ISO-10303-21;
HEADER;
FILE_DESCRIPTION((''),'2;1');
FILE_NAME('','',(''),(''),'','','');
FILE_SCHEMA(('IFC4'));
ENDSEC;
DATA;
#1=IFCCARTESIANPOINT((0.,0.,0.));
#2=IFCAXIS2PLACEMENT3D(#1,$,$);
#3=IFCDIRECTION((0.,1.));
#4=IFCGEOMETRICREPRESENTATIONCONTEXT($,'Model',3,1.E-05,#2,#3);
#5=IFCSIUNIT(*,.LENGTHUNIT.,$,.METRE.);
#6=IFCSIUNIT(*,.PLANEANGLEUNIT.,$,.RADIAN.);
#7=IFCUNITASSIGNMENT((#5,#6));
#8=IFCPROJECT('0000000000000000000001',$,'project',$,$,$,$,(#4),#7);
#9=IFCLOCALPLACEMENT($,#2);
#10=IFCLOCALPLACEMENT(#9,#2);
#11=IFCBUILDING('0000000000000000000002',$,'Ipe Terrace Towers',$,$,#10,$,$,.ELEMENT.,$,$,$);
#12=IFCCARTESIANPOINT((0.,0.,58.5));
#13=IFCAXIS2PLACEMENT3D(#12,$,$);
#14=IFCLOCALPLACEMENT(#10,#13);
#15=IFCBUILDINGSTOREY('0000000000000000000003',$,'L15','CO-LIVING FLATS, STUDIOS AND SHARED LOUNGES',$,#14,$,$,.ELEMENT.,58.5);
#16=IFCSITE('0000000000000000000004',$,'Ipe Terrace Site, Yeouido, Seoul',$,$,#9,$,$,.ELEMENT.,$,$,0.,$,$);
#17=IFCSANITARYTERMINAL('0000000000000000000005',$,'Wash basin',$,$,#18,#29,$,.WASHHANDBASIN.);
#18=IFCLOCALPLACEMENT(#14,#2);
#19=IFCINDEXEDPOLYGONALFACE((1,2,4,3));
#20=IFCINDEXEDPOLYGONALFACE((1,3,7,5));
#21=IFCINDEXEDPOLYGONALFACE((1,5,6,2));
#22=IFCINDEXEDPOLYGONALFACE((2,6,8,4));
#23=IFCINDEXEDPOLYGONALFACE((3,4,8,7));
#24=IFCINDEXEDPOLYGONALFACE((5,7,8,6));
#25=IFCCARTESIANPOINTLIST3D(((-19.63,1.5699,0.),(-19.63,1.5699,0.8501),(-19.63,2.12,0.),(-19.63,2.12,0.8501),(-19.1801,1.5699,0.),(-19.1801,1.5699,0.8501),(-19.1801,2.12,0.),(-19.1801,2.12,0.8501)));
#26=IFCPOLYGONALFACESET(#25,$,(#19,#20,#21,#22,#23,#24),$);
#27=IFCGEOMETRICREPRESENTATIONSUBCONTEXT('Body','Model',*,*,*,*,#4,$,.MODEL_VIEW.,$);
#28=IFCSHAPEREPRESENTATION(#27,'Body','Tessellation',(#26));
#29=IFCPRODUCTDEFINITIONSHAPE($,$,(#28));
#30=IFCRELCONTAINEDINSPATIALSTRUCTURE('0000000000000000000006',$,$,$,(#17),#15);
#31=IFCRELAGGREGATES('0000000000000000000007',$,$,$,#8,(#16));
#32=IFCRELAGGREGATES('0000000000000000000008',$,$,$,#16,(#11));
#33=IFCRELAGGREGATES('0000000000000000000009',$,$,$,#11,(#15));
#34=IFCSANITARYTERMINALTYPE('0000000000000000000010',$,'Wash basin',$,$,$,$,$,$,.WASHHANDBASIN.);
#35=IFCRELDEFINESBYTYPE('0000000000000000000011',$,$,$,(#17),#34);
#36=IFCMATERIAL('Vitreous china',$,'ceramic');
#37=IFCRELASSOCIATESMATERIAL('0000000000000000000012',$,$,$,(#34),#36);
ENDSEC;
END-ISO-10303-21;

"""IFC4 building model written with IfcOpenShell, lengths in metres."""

from ifc_helpers import new_model, si_unit, direction, frame, origin, origin_2d, place, context, subcontext, project, spatial, rectangle, extrude, material, type_object, element, save


model = new_model("IFC4")

# Units and contexts
model_context = context("Model", 3, precision=1e-05, world=origin(), true_north=direction((0.0, 1.0)))
body_context = subcontext(model_context, "Body", "Model", "MODEL_VIEW")
ifc_project = project(units=[si_unit("LENGTHUNIT", "METRE"), si_unit("PLANEANGLEUNIT", "RADIAN")], contexts=[model_context])

# Site, building, storey
site_placement = place(None, origin())
site = spatial("IfcSite", under=ifc_project, at=site_placement, Name="Ipe Terrace Site, Yeouido, Seoul", CompositionType="ELEMENT", RefElevation=0.0)
building_placement = place(site_placement, origin())
building = spatial("IfcBuilding", under=site, at=building_placement, Name="Ipe Terrace Towers", CompositionType="ELEMENT")
storey_placement = place(building_placement, frame((0.0, 0.0, 58.5)))
storey = spatial("IfcBuildingStorey", under=building, at=storey_placement, Name="L15", Description="CO-LIVING FLATS, STUDIOS AND SHARED LOUNGES", CompositionType="ELEMENT", Elevation=58.5)

# Sanitary terminal
ifc_material_1 = material(Name="Vitreous china", Category="ceramic")
sanitary_terminal_type_1 = type_object("IfcSanitaryTerminalType", Name="Wash basin", PredefinedType="WASHHANDBASIN", material=ifc_material_1)
sanitary_terminal_1_placement = place(storey_placement, frame((-19.405, 1.845, 0.0), z_axis=(0.0, 0.0, 1.0), x_axis=(0.0, 1.0, 0.0)))
element("IfcSanitaryTerminal", 1, at=sanitary_terminal_1_placement, inside=storey, type_object=sanitary_terminal_type_1, Name="Wash basin", PredefinedType="WASHHANDBASIN", context=body_context, shape_type="SweptSolid", body=[
    extrude(rectangle(XDim=0.55, YDim=0.45, at=origin_2d()), origin(), (0.0, 0.0, 1.0), 0.8501),
])

save(model, "model.ifc")
